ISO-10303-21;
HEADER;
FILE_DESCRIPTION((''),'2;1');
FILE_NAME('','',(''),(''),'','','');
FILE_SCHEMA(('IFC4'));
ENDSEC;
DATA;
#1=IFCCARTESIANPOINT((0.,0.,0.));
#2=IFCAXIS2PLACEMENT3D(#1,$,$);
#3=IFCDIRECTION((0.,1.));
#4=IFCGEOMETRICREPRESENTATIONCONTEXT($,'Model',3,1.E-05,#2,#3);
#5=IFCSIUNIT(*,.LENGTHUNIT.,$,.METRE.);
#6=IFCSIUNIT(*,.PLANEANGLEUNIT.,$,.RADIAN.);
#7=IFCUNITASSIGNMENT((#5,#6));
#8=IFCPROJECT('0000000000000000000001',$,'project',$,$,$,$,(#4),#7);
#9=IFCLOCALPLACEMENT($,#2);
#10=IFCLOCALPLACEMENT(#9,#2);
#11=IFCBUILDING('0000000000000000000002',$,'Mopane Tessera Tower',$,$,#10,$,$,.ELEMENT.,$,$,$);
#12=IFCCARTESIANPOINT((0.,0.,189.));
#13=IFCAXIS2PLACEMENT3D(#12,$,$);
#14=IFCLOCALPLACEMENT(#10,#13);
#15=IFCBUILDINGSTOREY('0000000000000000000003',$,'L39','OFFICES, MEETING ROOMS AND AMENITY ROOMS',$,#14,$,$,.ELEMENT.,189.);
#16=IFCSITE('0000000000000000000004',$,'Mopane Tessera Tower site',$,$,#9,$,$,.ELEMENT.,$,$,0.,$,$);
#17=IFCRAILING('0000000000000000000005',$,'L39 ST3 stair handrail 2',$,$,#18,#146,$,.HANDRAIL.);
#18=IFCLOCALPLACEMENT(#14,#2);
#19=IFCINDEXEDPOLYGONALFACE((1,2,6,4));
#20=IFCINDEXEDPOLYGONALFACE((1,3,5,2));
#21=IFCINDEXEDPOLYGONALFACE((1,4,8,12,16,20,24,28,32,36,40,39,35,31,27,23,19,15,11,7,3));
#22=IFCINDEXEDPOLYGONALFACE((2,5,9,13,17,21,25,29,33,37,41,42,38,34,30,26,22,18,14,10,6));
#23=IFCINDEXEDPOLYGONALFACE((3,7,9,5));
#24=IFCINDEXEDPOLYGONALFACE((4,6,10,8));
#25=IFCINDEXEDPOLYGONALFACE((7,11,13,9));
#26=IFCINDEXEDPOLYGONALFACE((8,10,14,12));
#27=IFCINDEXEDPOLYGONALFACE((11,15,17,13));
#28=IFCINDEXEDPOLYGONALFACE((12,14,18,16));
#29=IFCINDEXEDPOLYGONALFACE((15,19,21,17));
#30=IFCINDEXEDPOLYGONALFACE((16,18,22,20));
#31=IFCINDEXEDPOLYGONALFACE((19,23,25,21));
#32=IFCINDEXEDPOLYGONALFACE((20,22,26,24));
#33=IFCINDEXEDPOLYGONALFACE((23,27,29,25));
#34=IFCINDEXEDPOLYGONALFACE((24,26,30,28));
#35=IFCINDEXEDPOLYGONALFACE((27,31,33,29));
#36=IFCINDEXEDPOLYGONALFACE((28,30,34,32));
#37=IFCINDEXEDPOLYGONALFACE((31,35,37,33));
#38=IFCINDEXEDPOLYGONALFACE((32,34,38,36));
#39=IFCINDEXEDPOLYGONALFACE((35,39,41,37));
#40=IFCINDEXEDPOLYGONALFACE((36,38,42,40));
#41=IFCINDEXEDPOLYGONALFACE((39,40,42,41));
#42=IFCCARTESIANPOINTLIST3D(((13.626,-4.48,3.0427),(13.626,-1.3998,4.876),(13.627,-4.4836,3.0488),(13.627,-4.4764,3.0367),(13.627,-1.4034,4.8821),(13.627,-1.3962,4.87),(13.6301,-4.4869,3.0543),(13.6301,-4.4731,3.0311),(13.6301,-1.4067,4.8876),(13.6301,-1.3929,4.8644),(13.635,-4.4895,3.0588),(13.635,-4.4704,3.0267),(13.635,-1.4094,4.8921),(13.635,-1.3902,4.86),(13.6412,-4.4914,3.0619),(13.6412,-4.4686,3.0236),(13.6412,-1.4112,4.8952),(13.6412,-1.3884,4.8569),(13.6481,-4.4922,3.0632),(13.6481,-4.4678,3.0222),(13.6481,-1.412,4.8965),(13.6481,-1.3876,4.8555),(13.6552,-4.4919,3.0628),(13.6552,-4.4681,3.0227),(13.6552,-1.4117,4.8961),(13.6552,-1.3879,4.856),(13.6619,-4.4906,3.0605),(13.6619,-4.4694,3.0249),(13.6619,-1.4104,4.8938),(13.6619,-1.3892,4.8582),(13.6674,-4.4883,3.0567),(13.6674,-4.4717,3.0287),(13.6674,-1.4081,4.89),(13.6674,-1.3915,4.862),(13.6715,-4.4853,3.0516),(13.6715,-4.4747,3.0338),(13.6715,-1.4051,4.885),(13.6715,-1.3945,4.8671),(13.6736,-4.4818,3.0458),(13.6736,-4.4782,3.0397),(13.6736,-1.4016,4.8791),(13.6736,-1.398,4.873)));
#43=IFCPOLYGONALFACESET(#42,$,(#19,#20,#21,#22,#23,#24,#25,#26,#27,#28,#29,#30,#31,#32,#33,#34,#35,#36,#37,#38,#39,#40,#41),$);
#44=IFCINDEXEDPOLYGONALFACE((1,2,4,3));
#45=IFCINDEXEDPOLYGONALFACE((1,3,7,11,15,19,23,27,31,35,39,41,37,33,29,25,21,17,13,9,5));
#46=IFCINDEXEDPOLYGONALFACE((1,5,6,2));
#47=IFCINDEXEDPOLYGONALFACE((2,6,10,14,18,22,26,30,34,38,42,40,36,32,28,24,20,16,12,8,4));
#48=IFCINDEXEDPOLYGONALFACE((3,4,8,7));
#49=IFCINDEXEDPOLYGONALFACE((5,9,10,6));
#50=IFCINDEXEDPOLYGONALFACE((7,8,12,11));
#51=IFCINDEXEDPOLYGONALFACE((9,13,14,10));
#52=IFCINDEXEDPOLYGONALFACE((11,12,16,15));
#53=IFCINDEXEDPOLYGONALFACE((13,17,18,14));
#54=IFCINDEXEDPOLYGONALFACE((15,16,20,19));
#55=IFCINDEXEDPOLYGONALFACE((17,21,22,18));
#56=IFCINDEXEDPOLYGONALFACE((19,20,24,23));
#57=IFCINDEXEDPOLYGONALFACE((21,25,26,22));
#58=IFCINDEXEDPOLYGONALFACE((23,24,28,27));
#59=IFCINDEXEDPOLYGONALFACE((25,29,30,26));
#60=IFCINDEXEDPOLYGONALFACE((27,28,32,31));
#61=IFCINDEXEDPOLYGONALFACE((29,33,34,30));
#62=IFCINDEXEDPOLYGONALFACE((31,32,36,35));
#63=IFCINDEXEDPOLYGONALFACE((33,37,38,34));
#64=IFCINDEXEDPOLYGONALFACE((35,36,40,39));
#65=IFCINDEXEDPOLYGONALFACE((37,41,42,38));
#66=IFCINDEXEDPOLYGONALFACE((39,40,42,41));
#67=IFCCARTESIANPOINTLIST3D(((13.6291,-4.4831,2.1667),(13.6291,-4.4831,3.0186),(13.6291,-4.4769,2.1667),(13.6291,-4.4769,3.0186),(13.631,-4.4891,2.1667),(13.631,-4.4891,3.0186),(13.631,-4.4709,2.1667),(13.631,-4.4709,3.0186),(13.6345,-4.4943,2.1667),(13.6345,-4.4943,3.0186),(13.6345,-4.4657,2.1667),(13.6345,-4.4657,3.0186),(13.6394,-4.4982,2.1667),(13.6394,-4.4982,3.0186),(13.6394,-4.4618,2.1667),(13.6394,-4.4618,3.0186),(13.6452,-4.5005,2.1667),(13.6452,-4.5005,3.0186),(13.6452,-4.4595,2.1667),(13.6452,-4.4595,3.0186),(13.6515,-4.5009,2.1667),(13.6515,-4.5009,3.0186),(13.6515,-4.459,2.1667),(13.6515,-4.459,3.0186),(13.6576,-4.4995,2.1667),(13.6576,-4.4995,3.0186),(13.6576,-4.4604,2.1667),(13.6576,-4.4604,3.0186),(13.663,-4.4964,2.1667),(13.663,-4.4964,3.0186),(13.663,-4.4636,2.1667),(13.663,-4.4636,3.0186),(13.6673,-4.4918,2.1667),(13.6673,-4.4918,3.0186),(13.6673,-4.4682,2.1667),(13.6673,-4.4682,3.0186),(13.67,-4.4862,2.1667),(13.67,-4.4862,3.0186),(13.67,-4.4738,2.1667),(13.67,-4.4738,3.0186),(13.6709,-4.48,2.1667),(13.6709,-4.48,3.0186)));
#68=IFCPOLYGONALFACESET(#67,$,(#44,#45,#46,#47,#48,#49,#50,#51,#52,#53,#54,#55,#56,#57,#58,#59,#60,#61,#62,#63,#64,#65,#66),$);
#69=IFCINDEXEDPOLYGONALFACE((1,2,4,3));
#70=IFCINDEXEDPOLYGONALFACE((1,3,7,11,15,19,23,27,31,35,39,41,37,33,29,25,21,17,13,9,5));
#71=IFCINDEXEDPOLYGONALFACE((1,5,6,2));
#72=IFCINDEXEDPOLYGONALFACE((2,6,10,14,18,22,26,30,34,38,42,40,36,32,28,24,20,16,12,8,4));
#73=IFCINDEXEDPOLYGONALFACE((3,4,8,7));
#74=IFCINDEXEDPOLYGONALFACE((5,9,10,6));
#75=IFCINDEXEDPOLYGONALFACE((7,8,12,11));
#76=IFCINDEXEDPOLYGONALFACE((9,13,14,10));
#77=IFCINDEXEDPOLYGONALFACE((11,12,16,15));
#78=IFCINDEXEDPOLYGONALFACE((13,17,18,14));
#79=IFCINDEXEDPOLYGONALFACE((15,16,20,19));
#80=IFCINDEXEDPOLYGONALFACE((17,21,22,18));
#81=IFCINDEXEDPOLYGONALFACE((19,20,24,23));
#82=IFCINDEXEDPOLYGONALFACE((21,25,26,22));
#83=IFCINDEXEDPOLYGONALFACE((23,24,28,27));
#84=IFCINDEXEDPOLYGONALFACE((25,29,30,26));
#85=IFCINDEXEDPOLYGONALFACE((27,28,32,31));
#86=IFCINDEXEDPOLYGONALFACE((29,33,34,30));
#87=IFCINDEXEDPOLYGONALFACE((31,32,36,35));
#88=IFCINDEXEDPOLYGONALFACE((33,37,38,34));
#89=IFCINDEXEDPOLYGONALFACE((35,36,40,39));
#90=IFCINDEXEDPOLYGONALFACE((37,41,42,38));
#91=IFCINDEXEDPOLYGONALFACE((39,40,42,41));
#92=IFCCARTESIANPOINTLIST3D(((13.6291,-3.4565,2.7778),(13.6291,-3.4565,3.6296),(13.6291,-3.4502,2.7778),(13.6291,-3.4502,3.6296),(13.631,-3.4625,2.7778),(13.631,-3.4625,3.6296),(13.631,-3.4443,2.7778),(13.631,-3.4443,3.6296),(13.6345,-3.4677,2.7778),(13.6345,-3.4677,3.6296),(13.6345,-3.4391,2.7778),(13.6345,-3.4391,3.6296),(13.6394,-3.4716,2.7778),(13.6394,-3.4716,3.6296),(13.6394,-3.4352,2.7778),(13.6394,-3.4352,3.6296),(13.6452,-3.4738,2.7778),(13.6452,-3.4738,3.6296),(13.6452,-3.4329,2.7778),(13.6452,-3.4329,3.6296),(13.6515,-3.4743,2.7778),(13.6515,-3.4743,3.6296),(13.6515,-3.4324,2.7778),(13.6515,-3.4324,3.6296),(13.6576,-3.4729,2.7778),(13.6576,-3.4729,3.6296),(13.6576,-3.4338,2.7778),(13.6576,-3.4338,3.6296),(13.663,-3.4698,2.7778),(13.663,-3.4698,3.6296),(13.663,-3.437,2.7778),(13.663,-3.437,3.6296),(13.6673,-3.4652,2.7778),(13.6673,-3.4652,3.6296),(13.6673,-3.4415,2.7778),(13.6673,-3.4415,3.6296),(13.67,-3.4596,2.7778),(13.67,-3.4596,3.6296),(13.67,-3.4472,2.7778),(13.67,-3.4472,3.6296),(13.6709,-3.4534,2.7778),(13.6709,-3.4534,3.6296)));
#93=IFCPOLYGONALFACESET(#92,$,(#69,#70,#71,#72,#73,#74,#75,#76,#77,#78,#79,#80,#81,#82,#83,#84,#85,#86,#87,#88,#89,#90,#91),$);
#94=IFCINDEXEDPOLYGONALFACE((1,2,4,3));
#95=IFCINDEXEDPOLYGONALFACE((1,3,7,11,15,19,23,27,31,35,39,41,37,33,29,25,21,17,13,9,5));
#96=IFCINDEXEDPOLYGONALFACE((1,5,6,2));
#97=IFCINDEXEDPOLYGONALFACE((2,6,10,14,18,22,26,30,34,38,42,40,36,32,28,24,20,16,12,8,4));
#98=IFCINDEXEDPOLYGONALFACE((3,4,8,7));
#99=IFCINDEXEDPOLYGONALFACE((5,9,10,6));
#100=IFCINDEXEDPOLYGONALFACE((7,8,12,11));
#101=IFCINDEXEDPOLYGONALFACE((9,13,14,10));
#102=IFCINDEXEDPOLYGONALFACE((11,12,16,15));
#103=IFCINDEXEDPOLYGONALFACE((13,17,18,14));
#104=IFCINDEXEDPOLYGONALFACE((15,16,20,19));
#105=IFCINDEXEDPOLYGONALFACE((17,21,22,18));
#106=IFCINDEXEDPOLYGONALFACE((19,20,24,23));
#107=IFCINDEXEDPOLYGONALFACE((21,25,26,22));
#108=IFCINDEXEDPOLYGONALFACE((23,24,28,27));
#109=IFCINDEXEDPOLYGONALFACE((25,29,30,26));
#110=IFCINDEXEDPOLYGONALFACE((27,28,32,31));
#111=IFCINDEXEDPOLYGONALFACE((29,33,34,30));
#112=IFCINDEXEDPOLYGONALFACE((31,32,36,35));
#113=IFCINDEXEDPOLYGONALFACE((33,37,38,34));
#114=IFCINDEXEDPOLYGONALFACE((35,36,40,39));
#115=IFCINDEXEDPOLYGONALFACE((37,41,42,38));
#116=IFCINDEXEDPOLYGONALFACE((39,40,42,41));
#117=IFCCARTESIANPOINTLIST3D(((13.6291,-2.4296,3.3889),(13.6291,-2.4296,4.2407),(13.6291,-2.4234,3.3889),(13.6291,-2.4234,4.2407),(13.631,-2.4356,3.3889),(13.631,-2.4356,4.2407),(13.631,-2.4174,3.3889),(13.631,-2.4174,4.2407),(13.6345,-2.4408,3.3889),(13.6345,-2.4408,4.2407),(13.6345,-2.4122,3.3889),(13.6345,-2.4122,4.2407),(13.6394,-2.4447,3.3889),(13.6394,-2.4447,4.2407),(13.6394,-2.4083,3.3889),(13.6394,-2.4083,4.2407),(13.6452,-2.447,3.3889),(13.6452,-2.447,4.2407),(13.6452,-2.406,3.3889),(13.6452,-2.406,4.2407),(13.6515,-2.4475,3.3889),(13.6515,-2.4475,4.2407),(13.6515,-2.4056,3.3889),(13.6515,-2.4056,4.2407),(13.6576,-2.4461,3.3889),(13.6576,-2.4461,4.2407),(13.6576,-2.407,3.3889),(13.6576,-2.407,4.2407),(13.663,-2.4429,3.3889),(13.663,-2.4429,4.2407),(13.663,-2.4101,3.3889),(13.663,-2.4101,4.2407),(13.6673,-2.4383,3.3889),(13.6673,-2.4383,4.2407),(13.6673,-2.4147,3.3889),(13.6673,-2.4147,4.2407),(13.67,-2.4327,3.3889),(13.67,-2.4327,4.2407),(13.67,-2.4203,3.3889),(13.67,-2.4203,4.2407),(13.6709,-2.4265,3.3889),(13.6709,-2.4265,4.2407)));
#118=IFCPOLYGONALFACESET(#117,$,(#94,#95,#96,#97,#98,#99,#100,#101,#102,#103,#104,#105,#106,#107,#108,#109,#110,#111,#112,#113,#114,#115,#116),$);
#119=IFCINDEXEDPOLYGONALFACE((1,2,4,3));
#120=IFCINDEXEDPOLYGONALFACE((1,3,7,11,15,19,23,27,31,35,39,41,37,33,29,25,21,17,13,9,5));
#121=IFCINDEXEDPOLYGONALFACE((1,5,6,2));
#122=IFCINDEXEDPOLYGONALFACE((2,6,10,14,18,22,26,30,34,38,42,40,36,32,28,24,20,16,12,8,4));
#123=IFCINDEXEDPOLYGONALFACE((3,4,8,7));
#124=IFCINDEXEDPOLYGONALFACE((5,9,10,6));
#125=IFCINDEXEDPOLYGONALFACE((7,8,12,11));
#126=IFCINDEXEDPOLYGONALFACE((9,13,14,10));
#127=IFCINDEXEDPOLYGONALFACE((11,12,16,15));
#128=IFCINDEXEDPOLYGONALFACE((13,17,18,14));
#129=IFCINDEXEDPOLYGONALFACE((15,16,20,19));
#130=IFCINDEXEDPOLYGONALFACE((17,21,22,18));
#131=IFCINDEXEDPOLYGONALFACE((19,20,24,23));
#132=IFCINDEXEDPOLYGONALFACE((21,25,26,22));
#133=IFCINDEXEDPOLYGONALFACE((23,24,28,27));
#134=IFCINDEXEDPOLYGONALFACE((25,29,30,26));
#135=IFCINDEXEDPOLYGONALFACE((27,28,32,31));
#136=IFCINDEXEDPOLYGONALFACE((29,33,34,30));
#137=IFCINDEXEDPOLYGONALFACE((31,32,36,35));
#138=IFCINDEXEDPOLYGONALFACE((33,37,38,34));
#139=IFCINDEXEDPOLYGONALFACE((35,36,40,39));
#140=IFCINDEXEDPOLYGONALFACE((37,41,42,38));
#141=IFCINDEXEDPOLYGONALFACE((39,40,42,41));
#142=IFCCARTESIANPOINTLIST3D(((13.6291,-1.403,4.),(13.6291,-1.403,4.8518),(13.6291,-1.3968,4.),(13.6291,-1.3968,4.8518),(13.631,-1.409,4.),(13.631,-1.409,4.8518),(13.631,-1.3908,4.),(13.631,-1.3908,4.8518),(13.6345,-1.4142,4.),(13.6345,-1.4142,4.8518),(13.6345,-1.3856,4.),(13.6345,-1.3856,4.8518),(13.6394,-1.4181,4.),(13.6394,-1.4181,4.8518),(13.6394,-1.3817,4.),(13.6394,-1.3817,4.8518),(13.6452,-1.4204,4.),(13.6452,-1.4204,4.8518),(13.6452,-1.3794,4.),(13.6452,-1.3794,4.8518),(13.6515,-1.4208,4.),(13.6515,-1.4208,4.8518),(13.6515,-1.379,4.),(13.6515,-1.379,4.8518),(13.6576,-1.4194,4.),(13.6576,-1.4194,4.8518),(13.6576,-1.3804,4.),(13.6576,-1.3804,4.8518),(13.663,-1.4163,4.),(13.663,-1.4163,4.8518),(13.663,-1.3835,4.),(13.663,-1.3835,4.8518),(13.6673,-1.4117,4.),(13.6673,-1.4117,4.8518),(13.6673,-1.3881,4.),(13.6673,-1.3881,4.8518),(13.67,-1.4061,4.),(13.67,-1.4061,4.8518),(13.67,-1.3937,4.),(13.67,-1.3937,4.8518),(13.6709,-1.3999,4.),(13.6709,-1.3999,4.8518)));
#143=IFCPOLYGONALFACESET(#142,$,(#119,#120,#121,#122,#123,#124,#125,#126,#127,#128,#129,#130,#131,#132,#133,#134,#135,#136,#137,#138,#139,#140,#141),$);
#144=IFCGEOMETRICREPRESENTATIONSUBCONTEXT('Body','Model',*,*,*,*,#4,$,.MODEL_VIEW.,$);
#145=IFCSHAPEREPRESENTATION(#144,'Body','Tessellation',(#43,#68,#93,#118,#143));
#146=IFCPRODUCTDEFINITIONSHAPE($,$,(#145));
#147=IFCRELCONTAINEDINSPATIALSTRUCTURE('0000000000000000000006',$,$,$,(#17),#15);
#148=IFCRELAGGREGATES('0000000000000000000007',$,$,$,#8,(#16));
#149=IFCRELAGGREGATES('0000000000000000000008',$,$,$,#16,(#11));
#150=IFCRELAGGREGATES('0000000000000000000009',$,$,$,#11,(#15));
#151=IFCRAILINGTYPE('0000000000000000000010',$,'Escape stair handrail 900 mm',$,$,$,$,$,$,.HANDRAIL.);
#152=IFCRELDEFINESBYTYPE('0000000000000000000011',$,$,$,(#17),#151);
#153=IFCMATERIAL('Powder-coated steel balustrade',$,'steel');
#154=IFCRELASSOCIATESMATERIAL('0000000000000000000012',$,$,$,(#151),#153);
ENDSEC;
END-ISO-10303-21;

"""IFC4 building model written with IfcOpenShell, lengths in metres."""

from ifc_helpers import new_model, si_unit, direction, frame, origin, origin_2d, place, context, subcontext, project, spatial, circle, extrude, material, type_object, element, save


model = new_model("IFC4")

# Units and contexts
model_context = context("Model", 3, precision=1e-05, world=origin(), true_north=direction((0.0, 1.0)))
body_context = subcontext(model_context, "Body", "Model", "MODEL_VIEW")
ifc_project = project(units=[si_unit("LENGTHUNIT", "METRE"), si_unit("PLANEANGLEUNIT", "RADIAN")], contexts=[model_context])

# Site, building, storey
site_placement = place(None, origin())
site = spatial("IfcSite", under=ifc_project, at=site_placement, Name="Mopane Tessera Tower site", CompositionType="ELEMENT", RefElevation=0.0)
building_placement = place(site_placement, origin())
building = spatial("IfcBuilding", under=site, at=building_placement, Name="Mopane Tessera Tower", CompositionType="ELEMENT")
storey_placement = place(building_placement, frame((0.0, 0.0, 189.0)))
storey = spatial("IfcBuildingStorey", under=building, at=storey_placement, Name="L39", Description="OFFICES, MEETING ROOMS AND AMENITY ROOMS", CompositionType="ELEMENT", Elevation=189.0)

# Railing
ifc_material_1 = material(Name="Powder-coated steel balustrade", Category="steel")
railing_type_1 = type_object("IfcRailingType", Name="Escape stair handrail 900 mm", PredefinedType="HANDRAIL", material=ifc_material_1)
railing_1_placement = place(storey_placement, frame((13.6499, -4.48, 2.1667)))
element("IfcRailing", 1, at=railing_1_placement, inside=storey, type_object=railing_type_1, Name="L39 ST3 stair handrail 2", PredefinedType="HANDRAIL", context=body_context, shape_type="SweptSolid", body=[
    extrude(circle(Radius=0.0239, at=origin_2d()), frame((0.0, 0.0, 0.876), z_axis=(0.0, 0.859309, 0.511458), x_axis=(-1.0, 0.0, 0.0)), (0.0, 0.0, 1.0), 3.5845),
    extrude(circle(Radius=0.021, at=origin_2d()), origin(), (0.0, 0.0, 1.0), 0.8518),
    extrude(circle(Radius=0.021, at=origin_2d()), frame((0.0, 1.0266, 0.6111)), (0.0, 0.0, 1.0), 0.8518),
    extrude(circle(Radius=0.021, at=origin_2d()), frame((0.0, 2.0535, 1.2222)), (0.0, 0.0, 1.0), 0.8518),
    extrude(circle(Radius=0.021, at=origin_2d()), frame((0.0, 3.0801, 1.8333)), (0.0, 0.0, 1.0), 0.8518),
])

save(model, "model.ifc")
